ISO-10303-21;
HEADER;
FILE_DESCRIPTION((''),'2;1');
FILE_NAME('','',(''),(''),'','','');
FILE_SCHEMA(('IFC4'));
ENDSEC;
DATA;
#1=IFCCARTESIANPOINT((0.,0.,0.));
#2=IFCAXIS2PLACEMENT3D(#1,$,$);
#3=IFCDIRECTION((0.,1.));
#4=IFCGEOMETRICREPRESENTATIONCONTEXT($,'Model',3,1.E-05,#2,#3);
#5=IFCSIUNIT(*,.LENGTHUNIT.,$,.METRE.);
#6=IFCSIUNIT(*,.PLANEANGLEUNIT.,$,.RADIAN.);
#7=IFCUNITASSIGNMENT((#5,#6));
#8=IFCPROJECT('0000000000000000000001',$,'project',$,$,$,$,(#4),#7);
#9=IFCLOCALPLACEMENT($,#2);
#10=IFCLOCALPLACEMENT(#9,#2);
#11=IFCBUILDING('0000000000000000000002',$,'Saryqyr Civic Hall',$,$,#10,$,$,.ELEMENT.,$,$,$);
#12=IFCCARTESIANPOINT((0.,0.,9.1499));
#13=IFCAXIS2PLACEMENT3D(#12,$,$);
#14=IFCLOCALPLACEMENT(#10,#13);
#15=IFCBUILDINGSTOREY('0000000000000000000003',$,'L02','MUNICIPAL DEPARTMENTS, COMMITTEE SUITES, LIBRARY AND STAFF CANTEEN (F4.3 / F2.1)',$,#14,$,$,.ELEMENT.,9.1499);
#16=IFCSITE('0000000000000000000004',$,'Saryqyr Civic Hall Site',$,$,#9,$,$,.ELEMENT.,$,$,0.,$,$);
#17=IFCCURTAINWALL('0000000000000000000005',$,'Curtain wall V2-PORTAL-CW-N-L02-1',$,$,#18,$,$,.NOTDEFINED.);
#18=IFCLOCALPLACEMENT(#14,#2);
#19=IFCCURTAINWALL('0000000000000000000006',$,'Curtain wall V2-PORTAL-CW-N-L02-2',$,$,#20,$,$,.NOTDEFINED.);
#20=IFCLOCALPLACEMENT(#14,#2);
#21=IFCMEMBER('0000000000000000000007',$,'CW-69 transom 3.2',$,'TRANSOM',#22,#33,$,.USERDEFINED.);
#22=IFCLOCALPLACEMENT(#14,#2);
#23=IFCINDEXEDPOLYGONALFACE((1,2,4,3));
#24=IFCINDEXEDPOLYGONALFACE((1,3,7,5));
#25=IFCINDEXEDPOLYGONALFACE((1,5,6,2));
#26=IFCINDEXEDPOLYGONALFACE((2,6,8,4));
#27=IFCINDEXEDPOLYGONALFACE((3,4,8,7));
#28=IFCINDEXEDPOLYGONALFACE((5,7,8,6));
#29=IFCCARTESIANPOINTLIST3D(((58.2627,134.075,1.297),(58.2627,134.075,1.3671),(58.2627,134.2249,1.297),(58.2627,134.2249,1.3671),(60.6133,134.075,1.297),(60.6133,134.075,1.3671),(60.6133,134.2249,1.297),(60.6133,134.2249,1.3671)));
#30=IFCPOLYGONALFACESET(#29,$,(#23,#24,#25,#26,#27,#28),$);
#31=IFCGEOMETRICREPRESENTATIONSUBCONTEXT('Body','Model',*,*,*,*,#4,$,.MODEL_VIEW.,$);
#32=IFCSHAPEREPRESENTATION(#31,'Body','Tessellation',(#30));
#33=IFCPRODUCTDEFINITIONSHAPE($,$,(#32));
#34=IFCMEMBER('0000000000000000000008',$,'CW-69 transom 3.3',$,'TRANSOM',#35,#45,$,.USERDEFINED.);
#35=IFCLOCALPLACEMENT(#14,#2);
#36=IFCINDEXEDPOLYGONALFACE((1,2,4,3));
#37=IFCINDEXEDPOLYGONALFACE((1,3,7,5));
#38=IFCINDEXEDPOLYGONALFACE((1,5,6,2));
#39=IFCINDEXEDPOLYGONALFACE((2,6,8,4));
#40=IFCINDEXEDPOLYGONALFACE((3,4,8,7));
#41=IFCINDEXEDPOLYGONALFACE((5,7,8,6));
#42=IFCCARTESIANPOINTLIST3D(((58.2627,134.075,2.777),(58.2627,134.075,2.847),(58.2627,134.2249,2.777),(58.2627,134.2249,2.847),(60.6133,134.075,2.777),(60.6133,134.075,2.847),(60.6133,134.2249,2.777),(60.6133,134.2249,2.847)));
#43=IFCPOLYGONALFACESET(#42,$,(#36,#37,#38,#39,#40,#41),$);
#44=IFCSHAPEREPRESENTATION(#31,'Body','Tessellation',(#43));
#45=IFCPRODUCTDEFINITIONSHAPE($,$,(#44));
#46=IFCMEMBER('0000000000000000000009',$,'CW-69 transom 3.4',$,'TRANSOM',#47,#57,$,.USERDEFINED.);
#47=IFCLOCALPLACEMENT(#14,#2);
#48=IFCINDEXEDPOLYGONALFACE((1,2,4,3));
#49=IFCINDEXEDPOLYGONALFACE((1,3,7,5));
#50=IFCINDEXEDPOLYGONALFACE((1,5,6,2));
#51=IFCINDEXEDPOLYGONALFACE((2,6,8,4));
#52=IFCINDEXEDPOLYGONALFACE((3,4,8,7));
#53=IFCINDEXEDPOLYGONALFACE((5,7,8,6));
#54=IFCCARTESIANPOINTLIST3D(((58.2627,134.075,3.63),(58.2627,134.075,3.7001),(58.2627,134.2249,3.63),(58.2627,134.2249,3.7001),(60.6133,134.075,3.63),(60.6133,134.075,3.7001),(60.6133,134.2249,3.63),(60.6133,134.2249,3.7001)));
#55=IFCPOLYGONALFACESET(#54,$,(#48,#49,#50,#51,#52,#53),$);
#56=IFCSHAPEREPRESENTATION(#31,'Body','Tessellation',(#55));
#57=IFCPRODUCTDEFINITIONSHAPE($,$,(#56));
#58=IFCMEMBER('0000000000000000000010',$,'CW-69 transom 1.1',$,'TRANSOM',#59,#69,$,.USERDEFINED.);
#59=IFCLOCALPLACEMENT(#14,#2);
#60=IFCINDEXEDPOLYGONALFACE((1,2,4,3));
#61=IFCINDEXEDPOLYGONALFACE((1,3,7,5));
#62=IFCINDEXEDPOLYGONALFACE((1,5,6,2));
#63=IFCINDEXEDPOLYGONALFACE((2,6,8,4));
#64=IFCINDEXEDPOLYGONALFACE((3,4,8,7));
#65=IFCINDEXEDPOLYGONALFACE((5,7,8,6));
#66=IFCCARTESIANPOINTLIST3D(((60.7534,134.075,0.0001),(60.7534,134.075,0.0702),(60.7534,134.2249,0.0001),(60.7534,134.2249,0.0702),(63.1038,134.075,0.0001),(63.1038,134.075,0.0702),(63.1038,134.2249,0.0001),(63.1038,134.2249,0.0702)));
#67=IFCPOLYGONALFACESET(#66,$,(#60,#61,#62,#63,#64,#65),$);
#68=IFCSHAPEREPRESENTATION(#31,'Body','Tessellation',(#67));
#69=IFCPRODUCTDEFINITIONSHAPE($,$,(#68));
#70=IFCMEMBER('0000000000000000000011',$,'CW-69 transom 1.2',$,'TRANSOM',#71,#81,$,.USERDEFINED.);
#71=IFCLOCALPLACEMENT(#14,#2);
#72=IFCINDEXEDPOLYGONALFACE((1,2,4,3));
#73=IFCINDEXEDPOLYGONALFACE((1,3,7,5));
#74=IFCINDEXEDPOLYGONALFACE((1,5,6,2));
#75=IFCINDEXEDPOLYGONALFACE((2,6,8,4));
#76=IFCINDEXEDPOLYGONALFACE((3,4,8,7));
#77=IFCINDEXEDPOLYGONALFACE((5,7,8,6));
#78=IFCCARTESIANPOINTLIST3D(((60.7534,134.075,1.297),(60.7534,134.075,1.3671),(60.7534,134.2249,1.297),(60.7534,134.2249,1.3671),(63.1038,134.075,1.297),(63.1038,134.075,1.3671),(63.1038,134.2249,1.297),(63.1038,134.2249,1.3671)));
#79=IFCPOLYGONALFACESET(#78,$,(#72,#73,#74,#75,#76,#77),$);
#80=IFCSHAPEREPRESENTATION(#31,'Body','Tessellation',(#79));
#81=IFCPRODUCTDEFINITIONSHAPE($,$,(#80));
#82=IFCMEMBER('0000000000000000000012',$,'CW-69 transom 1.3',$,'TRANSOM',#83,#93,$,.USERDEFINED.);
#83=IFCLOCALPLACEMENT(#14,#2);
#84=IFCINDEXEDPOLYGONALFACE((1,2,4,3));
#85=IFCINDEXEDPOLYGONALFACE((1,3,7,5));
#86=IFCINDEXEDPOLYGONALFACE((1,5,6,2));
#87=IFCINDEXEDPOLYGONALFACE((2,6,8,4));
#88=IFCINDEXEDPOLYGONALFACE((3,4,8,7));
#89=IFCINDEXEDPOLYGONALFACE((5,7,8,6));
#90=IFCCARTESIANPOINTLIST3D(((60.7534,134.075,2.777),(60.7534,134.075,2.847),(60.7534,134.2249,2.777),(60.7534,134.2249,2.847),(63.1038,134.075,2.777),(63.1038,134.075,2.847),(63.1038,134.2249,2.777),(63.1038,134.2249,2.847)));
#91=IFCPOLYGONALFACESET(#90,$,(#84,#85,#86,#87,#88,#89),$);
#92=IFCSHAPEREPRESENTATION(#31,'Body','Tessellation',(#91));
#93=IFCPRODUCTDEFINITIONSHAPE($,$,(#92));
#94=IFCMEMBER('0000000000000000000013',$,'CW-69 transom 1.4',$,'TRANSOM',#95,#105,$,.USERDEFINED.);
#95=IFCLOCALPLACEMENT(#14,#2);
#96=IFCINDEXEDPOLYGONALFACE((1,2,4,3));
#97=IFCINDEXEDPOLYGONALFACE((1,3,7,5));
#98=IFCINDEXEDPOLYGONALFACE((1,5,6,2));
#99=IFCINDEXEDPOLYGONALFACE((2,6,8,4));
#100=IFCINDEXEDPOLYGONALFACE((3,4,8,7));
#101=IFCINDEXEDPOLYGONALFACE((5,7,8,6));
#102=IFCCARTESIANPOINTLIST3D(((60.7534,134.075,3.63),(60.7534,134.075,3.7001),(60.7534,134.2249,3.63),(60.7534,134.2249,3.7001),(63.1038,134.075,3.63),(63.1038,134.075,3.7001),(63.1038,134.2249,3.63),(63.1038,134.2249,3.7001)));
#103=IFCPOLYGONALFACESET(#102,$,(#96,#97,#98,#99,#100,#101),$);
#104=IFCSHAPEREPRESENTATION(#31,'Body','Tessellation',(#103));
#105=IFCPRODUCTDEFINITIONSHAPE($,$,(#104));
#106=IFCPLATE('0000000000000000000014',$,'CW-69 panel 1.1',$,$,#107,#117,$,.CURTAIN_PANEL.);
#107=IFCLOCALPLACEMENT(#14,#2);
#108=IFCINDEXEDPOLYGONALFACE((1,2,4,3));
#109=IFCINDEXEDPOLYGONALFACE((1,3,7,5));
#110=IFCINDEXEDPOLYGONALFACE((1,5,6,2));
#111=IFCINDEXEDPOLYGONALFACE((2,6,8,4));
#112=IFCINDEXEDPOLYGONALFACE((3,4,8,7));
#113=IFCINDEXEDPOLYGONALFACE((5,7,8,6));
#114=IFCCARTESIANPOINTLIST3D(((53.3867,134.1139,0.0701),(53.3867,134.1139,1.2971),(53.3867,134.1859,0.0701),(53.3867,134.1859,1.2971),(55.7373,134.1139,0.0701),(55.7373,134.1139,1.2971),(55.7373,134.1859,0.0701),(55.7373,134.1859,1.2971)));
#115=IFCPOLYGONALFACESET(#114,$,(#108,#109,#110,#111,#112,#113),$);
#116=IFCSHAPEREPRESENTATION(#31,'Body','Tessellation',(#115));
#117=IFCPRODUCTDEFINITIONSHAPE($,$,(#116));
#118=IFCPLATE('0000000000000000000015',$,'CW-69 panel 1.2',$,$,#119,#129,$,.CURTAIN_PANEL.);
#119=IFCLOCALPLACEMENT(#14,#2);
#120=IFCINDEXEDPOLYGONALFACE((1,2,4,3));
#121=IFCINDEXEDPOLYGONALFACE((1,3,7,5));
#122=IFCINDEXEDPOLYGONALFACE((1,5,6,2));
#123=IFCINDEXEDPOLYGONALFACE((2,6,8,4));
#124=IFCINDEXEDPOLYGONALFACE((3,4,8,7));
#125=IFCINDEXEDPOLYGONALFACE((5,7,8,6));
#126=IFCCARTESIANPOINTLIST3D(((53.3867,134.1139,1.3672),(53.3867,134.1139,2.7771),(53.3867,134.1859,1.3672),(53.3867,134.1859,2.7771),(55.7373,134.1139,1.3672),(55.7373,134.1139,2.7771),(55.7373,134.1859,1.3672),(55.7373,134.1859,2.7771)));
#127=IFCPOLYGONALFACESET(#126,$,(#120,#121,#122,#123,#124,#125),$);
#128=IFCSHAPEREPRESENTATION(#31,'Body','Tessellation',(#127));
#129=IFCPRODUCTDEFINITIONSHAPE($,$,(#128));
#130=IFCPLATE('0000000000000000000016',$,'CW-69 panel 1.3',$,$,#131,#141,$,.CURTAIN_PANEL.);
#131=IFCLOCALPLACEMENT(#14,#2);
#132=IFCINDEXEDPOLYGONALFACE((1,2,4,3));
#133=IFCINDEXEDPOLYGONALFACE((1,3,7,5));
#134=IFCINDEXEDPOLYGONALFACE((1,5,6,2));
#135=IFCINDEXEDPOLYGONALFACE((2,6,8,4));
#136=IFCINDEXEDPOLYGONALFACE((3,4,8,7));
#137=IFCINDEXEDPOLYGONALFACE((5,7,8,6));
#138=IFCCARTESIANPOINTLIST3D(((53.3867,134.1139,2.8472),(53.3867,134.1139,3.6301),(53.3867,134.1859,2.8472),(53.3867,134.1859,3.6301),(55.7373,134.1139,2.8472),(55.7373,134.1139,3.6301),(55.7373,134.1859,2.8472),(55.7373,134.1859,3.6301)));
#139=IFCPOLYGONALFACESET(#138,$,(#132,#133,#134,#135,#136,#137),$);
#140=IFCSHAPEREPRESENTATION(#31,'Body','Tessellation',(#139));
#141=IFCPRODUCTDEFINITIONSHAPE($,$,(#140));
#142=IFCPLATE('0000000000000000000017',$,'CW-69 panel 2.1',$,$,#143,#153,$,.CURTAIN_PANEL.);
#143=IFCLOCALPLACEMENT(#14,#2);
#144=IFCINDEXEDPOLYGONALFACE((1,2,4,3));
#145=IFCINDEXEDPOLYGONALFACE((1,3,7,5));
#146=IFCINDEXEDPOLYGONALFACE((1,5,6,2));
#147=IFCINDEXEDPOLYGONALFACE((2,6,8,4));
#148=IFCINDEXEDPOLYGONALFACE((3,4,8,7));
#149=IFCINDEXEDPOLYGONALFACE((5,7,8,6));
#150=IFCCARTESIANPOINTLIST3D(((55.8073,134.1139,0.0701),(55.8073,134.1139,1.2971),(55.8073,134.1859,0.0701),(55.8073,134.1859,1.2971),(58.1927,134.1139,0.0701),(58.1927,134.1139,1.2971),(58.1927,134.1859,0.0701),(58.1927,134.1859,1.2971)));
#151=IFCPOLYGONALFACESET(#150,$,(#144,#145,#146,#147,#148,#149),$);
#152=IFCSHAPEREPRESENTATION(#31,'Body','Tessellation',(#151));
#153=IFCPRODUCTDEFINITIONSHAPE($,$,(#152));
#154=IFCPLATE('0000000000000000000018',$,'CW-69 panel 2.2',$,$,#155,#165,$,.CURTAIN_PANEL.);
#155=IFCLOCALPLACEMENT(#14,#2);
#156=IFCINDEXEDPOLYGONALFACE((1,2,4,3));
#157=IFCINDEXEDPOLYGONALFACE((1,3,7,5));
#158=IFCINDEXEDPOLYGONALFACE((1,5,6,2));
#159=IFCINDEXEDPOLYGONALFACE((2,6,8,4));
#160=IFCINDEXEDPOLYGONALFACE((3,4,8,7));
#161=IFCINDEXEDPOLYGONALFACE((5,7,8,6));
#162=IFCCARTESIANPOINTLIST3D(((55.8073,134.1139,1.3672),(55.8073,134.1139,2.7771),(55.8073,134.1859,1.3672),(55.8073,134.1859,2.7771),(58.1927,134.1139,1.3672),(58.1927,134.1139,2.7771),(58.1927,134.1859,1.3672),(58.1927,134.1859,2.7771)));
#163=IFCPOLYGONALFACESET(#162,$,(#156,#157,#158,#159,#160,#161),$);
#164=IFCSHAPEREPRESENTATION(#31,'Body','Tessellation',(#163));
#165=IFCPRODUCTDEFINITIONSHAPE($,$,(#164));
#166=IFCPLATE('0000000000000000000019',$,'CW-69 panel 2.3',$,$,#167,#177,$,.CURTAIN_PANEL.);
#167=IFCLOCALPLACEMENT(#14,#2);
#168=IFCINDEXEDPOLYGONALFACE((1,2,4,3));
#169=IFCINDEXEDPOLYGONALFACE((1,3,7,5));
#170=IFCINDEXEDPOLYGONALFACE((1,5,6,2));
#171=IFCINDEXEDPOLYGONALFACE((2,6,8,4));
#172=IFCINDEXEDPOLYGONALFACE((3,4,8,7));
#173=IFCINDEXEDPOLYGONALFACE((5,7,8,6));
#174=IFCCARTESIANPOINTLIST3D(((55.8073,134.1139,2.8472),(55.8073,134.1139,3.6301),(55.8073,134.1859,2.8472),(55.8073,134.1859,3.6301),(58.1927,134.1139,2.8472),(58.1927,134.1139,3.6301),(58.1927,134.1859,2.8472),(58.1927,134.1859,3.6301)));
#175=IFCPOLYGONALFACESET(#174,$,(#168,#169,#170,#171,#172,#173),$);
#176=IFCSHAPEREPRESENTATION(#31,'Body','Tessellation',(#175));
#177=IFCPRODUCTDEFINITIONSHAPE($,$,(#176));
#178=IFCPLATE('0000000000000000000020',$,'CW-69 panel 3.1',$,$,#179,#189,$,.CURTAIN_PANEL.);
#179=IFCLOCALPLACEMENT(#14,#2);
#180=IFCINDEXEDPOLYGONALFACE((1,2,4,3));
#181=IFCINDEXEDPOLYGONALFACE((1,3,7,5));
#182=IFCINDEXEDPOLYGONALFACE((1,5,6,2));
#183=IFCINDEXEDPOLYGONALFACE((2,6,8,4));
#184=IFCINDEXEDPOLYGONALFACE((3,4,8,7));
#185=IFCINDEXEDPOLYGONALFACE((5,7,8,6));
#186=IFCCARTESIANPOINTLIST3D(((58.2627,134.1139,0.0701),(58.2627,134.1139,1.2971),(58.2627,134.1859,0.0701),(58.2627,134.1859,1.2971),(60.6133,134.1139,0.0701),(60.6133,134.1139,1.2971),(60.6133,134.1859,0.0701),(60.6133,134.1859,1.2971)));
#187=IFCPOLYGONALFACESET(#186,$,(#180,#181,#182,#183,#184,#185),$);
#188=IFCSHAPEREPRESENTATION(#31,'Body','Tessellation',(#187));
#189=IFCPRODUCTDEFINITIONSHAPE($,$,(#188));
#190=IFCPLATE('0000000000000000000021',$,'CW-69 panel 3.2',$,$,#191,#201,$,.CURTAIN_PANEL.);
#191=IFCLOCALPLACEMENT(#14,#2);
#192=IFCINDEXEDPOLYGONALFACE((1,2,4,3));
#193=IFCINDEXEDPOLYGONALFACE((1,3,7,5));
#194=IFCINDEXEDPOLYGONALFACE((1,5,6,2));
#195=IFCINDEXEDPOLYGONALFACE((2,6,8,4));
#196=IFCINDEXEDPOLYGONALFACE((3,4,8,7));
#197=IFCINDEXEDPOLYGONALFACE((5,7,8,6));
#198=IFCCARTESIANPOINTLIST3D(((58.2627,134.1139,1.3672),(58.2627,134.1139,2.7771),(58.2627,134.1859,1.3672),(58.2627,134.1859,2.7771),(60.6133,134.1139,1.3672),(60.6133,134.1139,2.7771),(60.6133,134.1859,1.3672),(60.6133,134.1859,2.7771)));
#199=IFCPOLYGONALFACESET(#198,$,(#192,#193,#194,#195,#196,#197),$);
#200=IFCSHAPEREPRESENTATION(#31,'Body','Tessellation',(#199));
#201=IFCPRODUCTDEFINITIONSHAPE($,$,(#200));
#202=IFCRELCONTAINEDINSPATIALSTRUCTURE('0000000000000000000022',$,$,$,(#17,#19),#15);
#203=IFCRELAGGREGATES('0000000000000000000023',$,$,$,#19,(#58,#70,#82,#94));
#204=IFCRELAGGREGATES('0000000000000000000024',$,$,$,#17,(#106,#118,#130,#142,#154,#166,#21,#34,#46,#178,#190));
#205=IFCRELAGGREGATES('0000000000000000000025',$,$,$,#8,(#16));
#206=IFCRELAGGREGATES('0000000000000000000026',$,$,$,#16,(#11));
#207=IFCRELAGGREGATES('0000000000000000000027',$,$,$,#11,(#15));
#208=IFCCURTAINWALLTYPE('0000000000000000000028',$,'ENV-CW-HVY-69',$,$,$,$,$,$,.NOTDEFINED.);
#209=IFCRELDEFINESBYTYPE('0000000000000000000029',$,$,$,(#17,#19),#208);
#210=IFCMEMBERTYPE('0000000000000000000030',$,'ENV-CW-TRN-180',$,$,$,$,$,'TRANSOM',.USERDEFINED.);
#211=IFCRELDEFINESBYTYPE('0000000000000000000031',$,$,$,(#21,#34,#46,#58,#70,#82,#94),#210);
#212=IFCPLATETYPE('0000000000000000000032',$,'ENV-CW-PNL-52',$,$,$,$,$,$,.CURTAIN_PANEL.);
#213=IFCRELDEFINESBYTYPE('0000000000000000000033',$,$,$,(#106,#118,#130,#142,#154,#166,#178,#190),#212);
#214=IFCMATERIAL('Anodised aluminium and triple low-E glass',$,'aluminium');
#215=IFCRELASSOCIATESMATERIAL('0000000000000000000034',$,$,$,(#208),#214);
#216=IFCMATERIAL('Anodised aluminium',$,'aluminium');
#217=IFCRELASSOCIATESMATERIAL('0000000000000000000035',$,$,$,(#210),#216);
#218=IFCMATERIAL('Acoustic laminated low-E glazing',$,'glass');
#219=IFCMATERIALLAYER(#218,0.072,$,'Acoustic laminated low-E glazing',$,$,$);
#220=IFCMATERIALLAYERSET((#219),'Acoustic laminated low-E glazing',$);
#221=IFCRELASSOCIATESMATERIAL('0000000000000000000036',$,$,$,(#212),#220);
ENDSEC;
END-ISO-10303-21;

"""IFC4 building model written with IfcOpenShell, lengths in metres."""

from ifc_helpers import new_model, si_unit, direction, frame, origin, origin_2d, place, context, subcontext, project, spatial, rectangle, extrude, material, layer, layer_set, material_profile, profile_set, type_object, element, aggregate, save


model = new_model("IFC4")

# Units and contexts
model_context = context("Model", 3, precision=1e-05, world=origin(), true_north=direction((0.0, 1.0)))
body_context = subcontext(model_context, "Body", "Model", "MODEL_VIEW")
ifc_project = project(units=[si_unit("LENGTHUNIT", "METRE"), si_unit("PLANEANGLEUNIT", "RADIAN")], contexts=[model_context])

# Site, building, storey
site_placement = place(None, origin())
site = spatial("IfcSite", under=ifc_project, at=site_placement, Name="Saryqyr Civic Hall Site", CompositionType="ELEMENT", RefElevation=0.0)
building_placement = place(site_placement, origin())
building = spatial("IfcBuilding", under=site, at=building_placement, Name="Saryqyr Civic Hall", CompositionType="ELEMENT")
storey_placement = place(building_placement, frame((0.0, 0.0, 9.1499)))
storey = spatial("IfcBuildingStorey", under=building, at=storey_placement, Name="L02", Description="MUNICIPAL DEPARTMENTS, COMMITTEE SUITES, LIBRARY AND STAFF CANTEEN (F4.3 / F2.1)", CompositionType="ELEMENT", Elevation=9.1499)

# Shared definitions
ifc_material_1 = material(Name="Anodised aluminium and triple low-E glass", Category="aluminium")
curtain_wall_type = type_object("IfcCurtainWallType", Name="ENV-CW-HVY-69", PredefinedType="NOTDEFINED", material=ifc_material_1)
ifc_material_2 = material(Name="Anodised aluminium", Category="aluminium")

# Curtain wall
curtain_wall_1_placement = place(storey_placement, origin())
curtain_wall_1 = element("IfcCurtainWall", 1, at=curtain_wall_1_placement, inside=storey, type_object=curtain_wall_type, Name="Curtain wall V2-PORTAL-CW-N-L02-1", PredefinedType="NOTDEFINED")

# Curtain wall
curtain_wall_2_placement = place(storey_placement, origin())
curtain_wall_2 = element("IfcCurtainWall", 2, at=curtain_wall_2_placement, inside=storey, type_object=curtain_wall_type, Name="Curtain wall V2-PORTAL-CW-N-L02-2", PredefinedType="NOTDEFINED")

# Members
ifc_material_profile_1 = material_profile(ifc_material_2, rectangle(XDim=0.1499, YDim=0.0701, at=origin_2d()), Name="ALU TRANSOM 150x70")
ifc_profile_set_1 = profile_set([ifc_material_profile_1], Name="Anodised aluminium")
member_type_1 = type_object("IfcMemberType", Name="ENV-CW-TRN-180", ElementType="TRANSOM", PredefinedType="USERDEFINED", material=ifc_profile_set_1)
member_1_placement = place(storey_placement, frame((58.2627, 134.1499, 1.332), z_axis=(1.0, 0.0, 0.0), x_axis=(0.0, 1.0, 0.0)))
member_1 = element("IfcMember", 3, at=member_1_placement, type_object=member_type_1, Name="CW-69 transom 3.2", ObjectType="TRANSOM", PredefinedType="USERDEFINED", context=body_context, shape_type="SweptSolid", body=[
    extrude(rectangle(XDim=0.1499, YDim=0.0701, at=origin_2d()), origin(), (0.0, 0.0, 1.0), 2.3506),
])
member_2_placement = place(storey_placement, frame((58.2627, 134.1499, 2.812), z_axis=(1.0, 0.0, 0.0), x_axis=(0.0, 1.0, 0.0)))
member_2 = element("IfcMember", 4, at=member_2_placement, type_object=member_type_1, Name="CW-69 transom 3.3", ObjectType="TRANSOM", PredefinedType="USERDEFINED", context=body_context, shape_type="SweptSolid", body=[
    extrude(rectangle(XDim=0.1499, YDim=0.0701, at=origin_2d()), origin(), (0.0, 0.0, 1.0), 2.3506),
])
member_3_placement = place(storey_placement, frame((58.2627, 134.1499, 3.665), z_axis=(1.0, 0.0, 0.0), x_axis=(0.0, 1.0, 0.0)))
member_3 = element("IfcMember", 5, at=member_3_placement, type_object=member_type_1, Name="CW-69 transom 3.4", ObjectType="TRANSOM", PredefinedType="USERDEFINED", context=body_context, shape_type="SweptSolid", body=[
    extrude(rectangle(XDim=0.1499, YDim=0.0701, at=origin_2d()), origin(), (0.0, 0.0, 1.0), 2.3506),
])
member_4_placement = place(storey_placement, frame((60.7534, 134.1499, 0.0352), z_axis=(1.0, 0.0, 0.0), x_axis=(0.0, 1.0, 0.0)))
member_4 = element("IfcMember", 6, at=member_4_placement, type_object=member_type_1, Name="CW-69 transom 1.1", ObjectType="TRANSOM", PredefinedType="USERDEFINED", context=body_context, shape_type="SweptSolid", body=[
    extrude(rectangle(XDim=0.1499, YDim=0.0701, at=origin_2d()), origin(), (0.0, 0.0, 1.0), 2.3503),
])
member_5_placement = place(storey_placement, frame((60.7534, 134.1499, 1.332), z_axis=(1.0, 0.0, 0.0), x_axis=(0.0, 1.0, 0.0)))
member_5 = element("IfcMember", 7, at=member_5_placement, type_object=member_type_1, Name="CW-69 transom 1.2", ObjectType="TRANSOM", PredefinedType="USERDEFINED", context=body_context, shape_type="SweptSolid", body=[
    extrude(rectangle(XDim=0.1499, YDim=0.0701, at=origin_2d()), origin(), (0.0, 0.0, 1.0), 2.3503),
])
member_6_placement = place(storey_placement, frame((60.7534, 134.1499, 2.812), z_axis=(1.0, 0.0, 0.0), x_axis=(0.0, 1.0, 0.0)))
member_6 = element("IfcMember", 8, at=member_6_placement, type_object=member_type_1, Name="CW-69 transom 1.3", ObjectType="TRANSOM", PredefinedType="USERDEFINED", context=body_context, shape_type="SweptSolid", body=[
    extrude(rectangle(XDim=0.1499, YDim=0.0701, at=origin_2d()), origin(), (0.0, 0.0, 1.0), 2.3503),
])
member_7_placement = place(storey_placement, frame((60.7534, 134.1499, 3.665), z_axis=(1.0, 0.0, 0.0), x_axis=(0.0, 1.0, 0.0)))
member_7 = element("IfcMember", 9, at=member_7_placement, type_object=member_type_1, Name="CW-69 transom 1.4", ObjectType="TRANSOM", PredefinedType="USERDEFINED", context=body_context, shape_type="SweptSolid", body=[
    extrude(rectangle(XDim=0.1499, YDim=0.0701, at=origin_2d()), origin(), (0.0, 0.0, 1.0), 2.3503),
])
aggregate(curtain_wall_2, [member_4, member_5, member_6, member_7])

# Plates
ifc_material_3 = material(Name="Acoustic laminated low-E glazing", Category="glass")
ifc_layer = layer(ifc_material_3, 0.072, Name="Acoustic laminated low-E glazing")
ifc_layer_set = layer_set([ifc_layer], Name="Acoustic laminated low-E glazing")
plate_type = type_object("IfcPlateType", Name="ENV-CW-PNL-52", PredefinedType="CURTAIN_PANEL", material=ifc_layer_set)
plate_1_placement = place(storey_placement, frame((54.562, 134.1499, 0.0701), z_axis=(0.0, 0.0, 1.0), x_axis=(1.0, 0.0, 0.0)))
plate_1 = element("IfcPlate", 10, at=plate_1_placement, type_object=plate_type, Name="CW-69 panel 1.1", PredefinedType="CURTAIN_PANEL", context=body_context, shape_type="SweptSolid", body=[
    extrude(rectangle(XDim=2.3506, YDim=0.072, at=origin_2d()), origin(), (0.0, 0.0, 1.0), 1.2271),
])
plate_2_placement = place(storey_placement, frame((54.562, 134.1499, 1.3672), z_axis=(0.0, 0.0, 1.0), x_axis=(1.0, 0.0, 0.0)))
plate_2 = element("IfcPlate", 11, at=plate_2_placement, type_object=plate_type, Name="CW-69 panel 1.2", PredefinedType="CURTAIN_PANEL", context=body_context, shape_type="SweptSolid", body=[
    extrude(rectangle(XDim=2.3506, YDim=0.072, at=origin_2d()), origin(), (0.0, 0.0, 1.0), 1.4099),
])
plate_3_placement = place(storey_placement, frame((54.562, 134.1499, 2.8472), z_axis=(0.0, 0.0, 1.0), x_axis=(1.0, 0.0, 0.0)))
plate_3 = element("IfcPlate", 12, at=plate_3_placement, type_object=plate_type, Name="CW-69 panel 1.3", PredefinedType="CURTAIN_PANEL", context=body_context, shape_type="SweptSolid", body=[
    extrude(rectangle(XDim=2.3506, YDim=0.072, at=origin_2d()), origin(), (0.0, 0.0, 1.0), 0.783),
])
plate_4_placement = place(storey_placement, frame((57.0, 134.1499, 0.0701), z_axis=(0.0, 0.0, 1.0), x_axis=(1.0, 0.0, 0.0)))
plate_4 = element("IfcPlate", 13, at=plate_4_placement, type_object=plate_type, Name="CW-69 panel 2.1", PredefinedType="CURTAIN_PANEL", context=body_context, shape_type="SweptSolid", body=[
    extrude(rectangle(XDim=2.3855, YDim=0.072, at=origin_2d()), origin(), (0.0, 0.0, 1.0), 1.2271),
])
plate_5_placement = place(storey_placement, frame((57.0, 134.1499, 1.3672), z_axis=(0.0, 0.0, 1.0), x_axis=(1.0, 0.0, 0.0)))
plate_5 = element("IfcPlate", 14, at=plate_5_placement, type_object=plate_type, Name="CW-69 panel 2.2", PredefinedType="CURTAIN_PANEL", context=body_context, shape_type="SweptSolid", body=[
    extrude(rectangle(XDim=2.3855, YDim=0.072, at=origin_2d()), origin(), (0.0, 0.0, 1.0), 1.4099),
])
plate_6_placement = place(storey_placement, frame((57.0, 134.1499, 2.8472), z_axis=(0.0, 0.0, 1.0), x_axis=(1.0, 0.0, 0.0)))
plate_6 = element("IfcPlate", 15, at=plate_6_placement, type_object=plate_type, Name="CW-69 panel 2.3", PredefinedType="CURTAIN_PANEL", context=body_context, shape_type="SweptSolid", body=[
    extrude(rectangle(XDim=2.3855, YDim=0.072, at=origin_2d()), origin(), (0.0, 0.0, 1.0), 0.783),
])
plate_7_placement = place(storey_placement, frame((59.438, 134.1499, 0.0701), z_axis=(0.0, 0.0, 1.0), x_axis=(1.0, 0.0, 0.0)))
plate_7 = element("IfcPlate", 16, at=plate_7_placement, type_object=plate_type, Name="CW-69 panel 3.1", PredefinedType="CURTAIN_PANEL", context=body_context, shape_type="SweptSolid", body=[
    extrude(rectangle(XDim=2.3506, YDim=0.072, at=origin_2d()), origin(), (0.0, 0.0, 1.0), 1.2271),
])
plate_8_placement = place(storey_placement, frame((59.438, 134.1499, 1.3672), z_axis=(0.0, 0.0, 1.0), x_axis=(1.0, 0.0, 0.0)))
plate_8 = element("IfcPlate", 17, at=plate_8_placement, type_object=plate_type, Name="CW-69 panel 3.2", PredefinedType="CURTAIN_PANEL", context=body_context, shape_type="SweptSolid", body=[
    extrude(rectangle(XDim=2.3506, YDim=0.072, at=origin_2d()), origin(), (0.0, 0.0, 1.0), 1.4099),
])
aggregate(curtain_wall_1, [plate_1, plate_2, plate_3, plate_4, plate_5, plate_6, member_1, member_2, member_3, plate_7, plate_8])

save(model, "model.ifc")
